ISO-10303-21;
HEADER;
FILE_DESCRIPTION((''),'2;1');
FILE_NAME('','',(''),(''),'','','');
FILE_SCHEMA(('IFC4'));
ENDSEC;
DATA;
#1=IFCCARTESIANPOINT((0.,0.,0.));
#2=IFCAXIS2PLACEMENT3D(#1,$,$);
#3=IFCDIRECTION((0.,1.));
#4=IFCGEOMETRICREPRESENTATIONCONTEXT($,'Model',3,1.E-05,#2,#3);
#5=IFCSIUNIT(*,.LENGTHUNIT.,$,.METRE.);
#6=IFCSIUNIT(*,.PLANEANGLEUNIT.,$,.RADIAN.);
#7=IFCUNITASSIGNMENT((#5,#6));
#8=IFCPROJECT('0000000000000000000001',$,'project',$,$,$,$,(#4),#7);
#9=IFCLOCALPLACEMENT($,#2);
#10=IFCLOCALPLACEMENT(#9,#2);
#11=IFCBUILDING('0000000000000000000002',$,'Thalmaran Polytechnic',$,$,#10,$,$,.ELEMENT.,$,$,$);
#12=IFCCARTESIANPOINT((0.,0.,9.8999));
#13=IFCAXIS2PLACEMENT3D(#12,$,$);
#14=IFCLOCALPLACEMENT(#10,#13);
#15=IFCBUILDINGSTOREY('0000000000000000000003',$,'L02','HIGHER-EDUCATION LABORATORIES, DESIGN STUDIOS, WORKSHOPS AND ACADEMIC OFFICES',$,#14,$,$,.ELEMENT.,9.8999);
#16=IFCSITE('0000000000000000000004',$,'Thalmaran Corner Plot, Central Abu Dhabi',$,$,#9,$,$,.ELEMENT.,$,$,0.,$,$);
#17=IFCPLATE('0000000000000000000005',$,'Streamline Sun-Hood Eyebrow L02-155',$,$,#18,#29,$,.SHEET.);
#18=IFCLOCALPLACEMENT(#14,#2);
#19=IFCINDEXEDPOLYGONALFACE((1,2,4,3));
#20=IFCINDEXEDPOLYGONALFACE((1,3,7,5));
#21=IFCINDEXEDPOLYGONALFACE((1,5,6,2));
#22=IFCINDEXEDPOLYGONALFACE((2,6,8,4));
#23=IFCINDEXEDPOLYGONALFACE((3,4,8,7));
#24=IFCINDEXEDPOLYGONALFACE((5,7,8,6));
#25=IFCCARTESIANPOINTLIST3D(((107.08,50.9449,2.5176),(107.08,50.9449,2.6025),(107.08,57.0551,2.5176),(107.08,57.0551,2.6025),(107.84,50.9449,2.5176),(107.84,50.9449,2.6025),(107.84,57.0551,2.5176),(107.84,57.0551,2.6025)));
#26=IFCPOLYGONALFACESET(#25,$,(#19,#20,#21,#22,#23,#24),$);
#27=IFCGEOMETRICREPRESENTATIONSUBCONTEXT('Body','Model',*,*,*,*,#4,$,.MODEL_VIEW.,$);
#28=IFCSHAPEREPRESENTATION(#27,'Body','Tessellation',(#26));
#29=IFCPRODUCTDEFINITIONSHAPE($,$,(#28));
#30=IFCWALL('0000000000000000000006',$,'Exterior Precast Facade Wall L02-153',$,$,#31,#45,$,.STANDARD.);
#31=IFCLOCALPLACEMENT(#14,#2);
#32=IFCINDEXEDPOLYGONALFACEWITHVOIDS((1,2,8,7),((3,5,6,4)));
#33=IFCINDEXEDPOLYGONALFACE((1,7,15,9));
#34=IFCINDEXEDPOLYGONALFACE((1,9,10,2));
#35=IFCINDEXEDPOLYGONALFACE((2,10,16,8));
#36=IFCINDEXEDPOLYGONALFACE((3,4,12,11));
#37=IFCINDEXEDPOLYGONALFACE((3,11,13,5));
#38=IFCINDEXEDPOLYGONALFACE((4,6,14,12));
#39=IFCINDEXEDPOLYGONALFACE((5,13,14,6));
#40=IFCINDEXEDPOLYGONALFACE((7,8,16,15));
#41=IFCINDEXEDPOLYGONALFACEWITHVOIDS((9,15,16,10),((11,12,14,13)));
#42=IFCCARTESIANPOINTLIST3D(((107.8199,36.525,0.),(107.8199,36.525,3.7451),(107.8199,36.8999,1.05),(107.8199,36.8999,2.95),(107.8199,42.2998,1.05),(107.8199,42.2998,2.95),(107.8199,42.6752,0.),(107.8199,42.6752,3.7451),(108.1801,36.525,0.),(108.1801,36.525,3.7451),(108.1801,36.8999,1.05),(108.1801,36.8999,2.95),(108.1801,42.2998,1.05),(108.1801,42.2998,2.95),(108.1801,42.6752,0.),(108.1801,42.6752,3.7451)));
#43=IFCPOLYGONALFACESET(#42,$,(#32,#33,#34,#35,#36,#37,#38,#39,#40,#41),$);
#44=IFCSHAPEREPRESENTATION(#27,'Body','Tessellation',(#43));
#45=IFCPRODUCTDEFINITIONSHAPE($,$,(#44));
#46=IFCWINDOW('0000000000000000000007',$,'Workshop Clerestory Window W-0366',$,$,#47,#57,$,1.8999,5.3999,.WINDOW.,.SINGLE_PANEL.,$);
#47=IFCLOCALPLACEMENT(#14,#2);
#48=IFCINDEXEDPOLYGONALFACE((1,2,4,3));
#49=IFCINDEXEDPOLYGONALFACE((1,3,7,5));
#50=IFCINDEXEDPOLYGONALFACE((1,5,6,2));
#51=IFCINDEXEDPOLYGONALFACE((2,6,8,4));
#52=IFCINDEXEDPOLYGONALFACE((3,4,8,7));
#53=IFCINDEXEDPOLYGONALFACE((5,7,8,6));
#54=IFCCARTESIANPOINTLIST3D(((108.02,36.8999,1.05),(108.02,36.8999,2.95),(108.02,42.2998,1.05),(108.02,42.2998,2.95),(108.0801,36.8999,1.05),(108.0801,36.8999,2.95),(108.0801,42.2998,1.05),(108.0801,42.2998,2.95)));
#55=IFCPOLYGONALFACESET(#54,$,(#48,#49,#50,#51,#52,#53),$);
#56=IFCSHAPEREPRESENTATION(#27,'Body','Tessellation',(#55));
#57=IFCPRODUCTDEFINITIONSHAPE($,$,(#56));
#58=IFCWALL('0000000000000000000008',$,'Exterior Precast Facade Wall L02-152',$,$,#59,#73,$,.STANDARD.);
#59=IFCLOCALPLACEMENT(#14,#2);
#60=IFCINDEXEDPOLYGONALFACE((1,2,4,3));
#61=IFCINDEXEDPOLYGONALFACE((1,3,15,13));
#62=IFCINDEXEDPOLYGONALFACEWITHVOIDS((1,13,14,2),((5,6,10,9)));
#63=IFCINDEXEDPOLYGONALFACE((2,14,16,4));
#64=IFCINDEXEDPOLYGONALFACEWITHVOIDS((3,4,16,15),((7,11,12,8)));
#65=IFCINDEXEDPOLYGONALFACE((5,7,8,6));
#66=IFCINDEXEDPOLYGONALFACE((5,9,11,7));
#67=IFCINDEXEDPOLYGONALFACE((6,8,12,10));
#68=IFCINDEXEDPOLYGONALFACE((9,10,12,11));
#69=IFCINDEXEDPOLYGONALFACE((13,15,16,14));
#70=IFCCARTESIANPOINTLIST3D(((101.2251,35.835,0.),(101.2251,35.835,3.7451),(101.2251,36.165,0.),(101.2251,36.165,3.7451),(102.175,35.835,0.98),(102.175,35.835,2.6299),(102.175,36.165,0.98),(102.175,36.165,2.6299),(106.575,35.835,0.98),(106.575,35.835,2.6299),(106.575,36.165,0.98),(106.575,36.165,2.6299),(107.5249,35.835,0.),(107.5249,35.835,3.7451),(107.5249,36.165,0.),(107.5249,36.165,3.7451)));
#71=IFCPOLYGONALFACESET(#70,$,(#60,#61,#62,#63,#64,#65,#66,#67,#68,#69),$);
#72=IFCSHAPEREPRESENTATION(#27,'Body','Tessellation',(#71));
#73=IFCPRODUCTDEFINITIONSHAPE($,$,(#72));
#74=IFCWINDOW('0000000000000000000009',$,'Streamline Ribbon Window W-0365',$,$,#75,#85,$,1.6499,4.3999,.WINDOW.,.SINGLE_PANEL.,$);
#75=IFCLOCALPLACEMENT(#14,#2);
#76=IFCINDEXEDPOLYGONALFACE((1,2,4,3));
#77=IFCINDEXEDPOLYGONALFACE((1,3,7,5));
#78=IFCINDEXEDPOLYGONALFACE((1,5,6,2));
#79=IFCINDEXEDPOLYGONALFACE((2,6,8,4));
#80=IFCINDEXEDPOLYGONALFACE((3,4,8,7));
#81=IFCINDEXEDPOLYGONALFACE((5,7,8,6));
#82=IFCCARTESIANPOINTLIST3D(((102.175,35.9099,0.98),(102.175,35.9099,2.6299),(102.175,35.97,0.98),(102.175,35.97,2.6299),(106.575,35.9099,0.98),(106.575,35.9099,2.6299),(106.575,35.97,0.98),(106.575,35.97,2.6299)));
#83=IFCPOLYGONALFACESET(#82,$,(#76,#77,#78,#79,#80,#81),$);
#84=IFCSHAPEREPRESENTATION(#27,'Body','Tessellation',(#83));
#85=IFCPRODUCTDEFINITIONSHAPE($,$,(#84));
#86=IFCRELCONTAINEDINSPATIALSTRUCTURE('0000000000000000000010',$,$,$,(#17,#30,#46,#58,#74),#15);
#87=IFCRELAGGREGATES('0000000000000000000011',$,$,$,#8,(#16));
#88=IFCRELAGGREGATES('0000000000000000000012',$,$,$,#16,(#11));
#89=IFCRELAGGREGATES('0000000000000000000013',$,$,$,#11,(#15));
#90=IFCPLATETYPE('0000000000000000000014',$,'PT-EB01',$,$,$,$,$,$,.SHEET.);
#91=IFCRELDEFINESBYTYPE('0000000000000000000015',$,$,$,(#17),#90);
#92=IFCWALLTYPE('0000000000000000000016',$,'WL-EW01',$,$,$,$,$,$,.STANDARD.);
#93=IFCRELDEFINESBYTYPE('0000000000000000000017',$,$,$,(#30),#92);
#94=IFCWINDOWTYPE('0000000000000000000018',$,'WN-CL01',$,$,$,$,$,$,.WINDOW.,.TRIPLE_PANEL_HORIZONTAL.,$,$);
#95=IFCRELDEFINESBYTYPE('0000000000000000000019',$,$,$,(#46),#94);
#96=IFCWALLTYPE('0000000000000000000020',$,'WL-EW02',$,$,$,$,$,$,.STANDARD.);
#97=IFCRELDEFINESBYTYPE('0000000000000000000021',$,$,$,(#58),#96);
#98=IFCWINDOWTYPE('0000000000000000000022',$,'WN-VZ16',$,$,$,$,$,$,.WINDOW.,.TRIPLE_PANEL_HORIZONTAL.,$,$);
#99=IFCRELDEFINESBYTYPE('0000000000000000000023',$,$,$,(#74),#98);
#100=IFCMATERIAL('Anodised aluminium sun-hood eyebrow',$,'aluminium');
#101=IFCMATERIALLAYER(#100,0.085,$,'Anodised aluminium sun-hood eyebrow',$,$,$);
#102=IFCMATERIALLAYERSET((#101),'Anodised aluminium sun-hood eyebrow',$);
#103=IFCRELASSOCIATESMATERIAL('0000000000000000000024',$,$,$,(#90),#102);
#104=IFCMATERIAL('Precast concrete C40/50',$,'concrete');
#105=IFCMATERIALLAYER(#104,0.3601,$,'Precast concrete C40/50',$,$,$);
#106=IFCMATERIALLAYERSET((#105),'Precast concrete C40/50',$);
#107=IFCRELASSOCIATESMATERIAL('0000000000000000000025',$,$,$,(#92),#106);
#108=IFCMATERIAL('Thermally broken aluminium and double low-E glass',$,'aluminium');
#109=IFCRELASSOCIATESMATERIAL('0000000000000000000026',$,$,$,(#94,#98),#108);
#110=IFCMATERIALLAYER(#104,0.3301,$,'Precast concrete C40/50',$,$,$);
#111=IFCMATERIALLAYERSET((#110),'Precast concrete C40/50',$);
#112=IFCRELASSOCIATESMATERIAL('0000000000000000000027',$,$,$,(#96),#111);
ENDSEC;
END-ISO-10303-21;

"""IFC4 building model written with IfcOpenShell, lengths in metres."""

from ifc_helpers import new_model, si_unit, direction, frame, frame_2d, origin, origin_2d, place, context, subcontext, project, spatial, rectangle, extrude, material, layer, layer_set, type_object, element, fill, save


model = new_model("IFC4")

# Units and contexts
model_context = context("Model", 3, precision=1e-05, world=origin(), true_north=direction((0.0, 1.0)))
body_context = subcontext(model_context, "Body", "Model", "MODEL_VIEW")
ifc_project = project(units=[si_unit("LENGTHUNIT", "METRE"), si_unit("PLANEANGLEUNIT", "RADIAN")], contexts=[model_context])

# Site, building, storey
site_placement = place(None, origin())
site = spatial("IfcSite", under=ifc_project, at=site_placement, Name="Thalmaran Corner Plot, Central Abu Dhabi", CompositionType="ELEMENT", RefElevation=0.0)
building_placement = place(site_placement, origin())
building = spatial("IfcBuilding", under=site, at=building_placement, Name="Thalmaran Polytechnic", CompositionType="ELEMENT")
storey_placement = place(building_placement, frame((0.0, 0.0, 9.8999)))
storey = spatial("IfcBuildingStorey", under=building, at=storey_placement, Name="L02", Description="HIGHER-EDUCATION LABORATORIES, DESIGN STUDIOS, WORKSHOPS AND ACADEMIC OFFICES", CompositionType="ELEMENT", Elevation=9.8999)

# Plate
ifc_material_1 = material(Name="Anodised aluminium sun-hood eyebrow", Category="aluminium")
ifc_layer_1 = layer(ifc_material_1, 0.085, Name="Anodised aluminium sun-hood eyebrow")
ifc_layer_set_1 = layer_set([ifc_layer_1], Name="Anodised aluminium sun-hood eyebrow")
plate_type_1 = type_object("IfcPlateType", Name="PT-EB01", PredefinedType="SHEET", material=ifc_layer_set_1)
for number, where, z_axis, x_axis, name in (
    (1, (107.46, 54.0, 2.5176), (0.0, 0.0, 1.0), (0.0, 1.0, 0.0), "Streamline Sun-Hood Eyebrow L02-155"),
):
    element("IfcPlate", number, at=place(storey_placement, frame(where, z_axis=z_axis, x_axis=x_axis)), inside=storey, type_object=plate_type_1, Name=name, PredefinedType="SHEET", context=body_context, shape_type="SweptSolid", body=[
        extrude(rectangle(XDim=6.1101, YDim=0.76, at=origin_2d()), origin(), (0.0, 0.0, 1.0), 0.085),
    ])

# Walls, openings, windows
ifc_material_2 = material(Name="Precast concrete C40/50", Category="concrete")
ifc_layer_2 = layer(ifc_material_2, 0.3601, Name="Precast concrete C40/50")
ifc_layer_set_2 = layer_set([ifc_layer_2], Name="Precast concrete C40/50")
wall_type_1 = type_object("IfcWallType", Name="WL-EW01", PredefinedType="STANDARD", material=ifc_layer_set_2)
wall_1_placement = place(storey_placement, frame((108.0, 36.5249, 0.0), z_axis=(0.0, 0.0, 1.0), x_axis=(0.0, 1.0, 0.0)))
wall_1 = element("IfcWall", 2, at=wall_1_placement, inside=storey, type_object=wall_type_1, Name="Exterior Precast Facade Wall L02-153", PredefinedType="STANDARD", context=body_context, shape_type="SweptSolid", body=[
    extrude(rectangle(XDim=6.1501, YDim=0.3601, at=frame_2d((3.0752, 0.0))), origin(), (0.0, 0.0, 1.0), 3.7451),
])
opening_1_placement = place(wall_1_placement, frame((0.375, 0.0, 1.05)))
opening_1 = element("IfcOpeningElement", 3, at=opening_1_placement, cuts=wall_1, PredefinedType="OPENING", context=body_context, shape_type="SweptSolid", body=[
    extrude(rectangle(XDim=5.3999, YDim=1.8999, at=frame_2d((2.7, 0.95))), frame((0.0, 0.1899, 0.0), z_axis=(0.0, -1.0, 0.0), x_axis=(1.0, 0.0, 0.0)), (0.0, 0.0, 1.0), 0.3801),
])
ifc_material_3 = material(Name="Thermally broken aluminium and double low-E glass", Category="aluminium")
window_type_1 = type_object("IfcWindowType", Name="WN-CL01", PartitioningType="TRIPLE_PANEL_HORIZONTAL", PredefinedType="WINDOW", material=ifc_material_3)
window_1_placement = place(opening_1_placement, origin())
window_1 = element("IfcWindow", 4, at=window_1_placement, inside=storey, type_object=window_type_1, Name="Workshop Clerestory Window W-0366", OverallHeight=1.8999, OverallWidth=5.3999, PartitioningType="SINGLE_PANEL", PredefinedType="WINDOW", context=body_context, shape_type="SweptSolid", body=[
    extrude(rectangle(XDim=5.3999, YDim=1.8999, at=frame_2d((2.7, 0.95))), frame((0.0, -0.02, 0.0), z_axis=(0.0, -1.0, 0.0), x_axis=(1.0, 0.0, 0.0)), (0.0, 0.0, 1.0), 0.0601),
])
fill(opening_1, window_1)
ifc_layer_3 = layer(ifc_material_2, 0.3301, Name="Precast concrete C40/50")
ifc_layer_set_3 = layer_set([ifc_layer_3], Name="Precast concrete C40/50")
wall_type_2 = type_object("IfcWallType", Name="WL-EW02", PredefinedType="STANDARD", material=ifc_layer_set_3)
wall_2_placement = place(storey_placement, frame((101.2251, 36.0, 0.0), z_axis=(0.0, 0.0, 1.0), x_axis=(1.0, 0.0, 0.0)))
wall_2 = element("IfcWall", 5, at=wall_2_placement, inside=storey, type_object=wall_type_2, Name="Exterior Precast Facade Wall L02-152", PredefinedType="STANDARD", context=body_context, shape_type="SweptSolid", body=[
    extrude(rectangle(XDim=6.2998, YDim=0.3301, at=frame_2d((3.1499, 0.0))), origin(), (0.0, 0.0, 1.0), 3.7451),
])
opening_2_placement = place(wall_2_placement, frame((0.95, 0.0, 0.98)))
opening_2 = element("IfcOpeningElement", 6, at=opening_2_placement, cuts=wall_2, PredefinedType="OPENING", context=body_context, shape_type="SweptSolid", body=[
    extrude(rectangle(XDim=4.3999, YDim=1.6499, at=frame_2d((2.2, 0.825))), frame((0.0, 0.175, 0.0), z_axis=(0.0, -1.0, 0.0), x_axis=(1.0, 0.0, 0.0)), (0.0, 0.0, 1.0), 0.3501),
])
window_type_2 = type_object("IfcWindowType", Name="WN-VZ16", PartitioningType="TRIPLE_PANEL_HORIZONTAL", PredefinedType="WINDOW", material=ifc_material_3)
window_2_placement = place(opening_2_placement, origin())
window_2 = element("IfcWindow", 7, at=window_2_placement, inside=storey, type_object=window_type_2, Name="Streamline Ribbon Window W-0365", OverallHeight=1.6499, OverallWidth=4.3999, PartitioningType="SINGLE_PANEL", PredefinedType="WINDOW", context=body_context, shape_type="SweptSolid", body=[
    extrude(rectangle(XDim=4.3999, YDim=1.6499, at=frame_2d((2.2, 0.825))), frame((0.0, -0.03, 0.0), z_axis=(0.0, -1.0, 0.0), x_axis=(1.0, 0.0, 0.0)), (0.0, 0.0, 1.0), 0.0601),
])
fill(opening_2, window_2)

save(model, "model.ifc")
